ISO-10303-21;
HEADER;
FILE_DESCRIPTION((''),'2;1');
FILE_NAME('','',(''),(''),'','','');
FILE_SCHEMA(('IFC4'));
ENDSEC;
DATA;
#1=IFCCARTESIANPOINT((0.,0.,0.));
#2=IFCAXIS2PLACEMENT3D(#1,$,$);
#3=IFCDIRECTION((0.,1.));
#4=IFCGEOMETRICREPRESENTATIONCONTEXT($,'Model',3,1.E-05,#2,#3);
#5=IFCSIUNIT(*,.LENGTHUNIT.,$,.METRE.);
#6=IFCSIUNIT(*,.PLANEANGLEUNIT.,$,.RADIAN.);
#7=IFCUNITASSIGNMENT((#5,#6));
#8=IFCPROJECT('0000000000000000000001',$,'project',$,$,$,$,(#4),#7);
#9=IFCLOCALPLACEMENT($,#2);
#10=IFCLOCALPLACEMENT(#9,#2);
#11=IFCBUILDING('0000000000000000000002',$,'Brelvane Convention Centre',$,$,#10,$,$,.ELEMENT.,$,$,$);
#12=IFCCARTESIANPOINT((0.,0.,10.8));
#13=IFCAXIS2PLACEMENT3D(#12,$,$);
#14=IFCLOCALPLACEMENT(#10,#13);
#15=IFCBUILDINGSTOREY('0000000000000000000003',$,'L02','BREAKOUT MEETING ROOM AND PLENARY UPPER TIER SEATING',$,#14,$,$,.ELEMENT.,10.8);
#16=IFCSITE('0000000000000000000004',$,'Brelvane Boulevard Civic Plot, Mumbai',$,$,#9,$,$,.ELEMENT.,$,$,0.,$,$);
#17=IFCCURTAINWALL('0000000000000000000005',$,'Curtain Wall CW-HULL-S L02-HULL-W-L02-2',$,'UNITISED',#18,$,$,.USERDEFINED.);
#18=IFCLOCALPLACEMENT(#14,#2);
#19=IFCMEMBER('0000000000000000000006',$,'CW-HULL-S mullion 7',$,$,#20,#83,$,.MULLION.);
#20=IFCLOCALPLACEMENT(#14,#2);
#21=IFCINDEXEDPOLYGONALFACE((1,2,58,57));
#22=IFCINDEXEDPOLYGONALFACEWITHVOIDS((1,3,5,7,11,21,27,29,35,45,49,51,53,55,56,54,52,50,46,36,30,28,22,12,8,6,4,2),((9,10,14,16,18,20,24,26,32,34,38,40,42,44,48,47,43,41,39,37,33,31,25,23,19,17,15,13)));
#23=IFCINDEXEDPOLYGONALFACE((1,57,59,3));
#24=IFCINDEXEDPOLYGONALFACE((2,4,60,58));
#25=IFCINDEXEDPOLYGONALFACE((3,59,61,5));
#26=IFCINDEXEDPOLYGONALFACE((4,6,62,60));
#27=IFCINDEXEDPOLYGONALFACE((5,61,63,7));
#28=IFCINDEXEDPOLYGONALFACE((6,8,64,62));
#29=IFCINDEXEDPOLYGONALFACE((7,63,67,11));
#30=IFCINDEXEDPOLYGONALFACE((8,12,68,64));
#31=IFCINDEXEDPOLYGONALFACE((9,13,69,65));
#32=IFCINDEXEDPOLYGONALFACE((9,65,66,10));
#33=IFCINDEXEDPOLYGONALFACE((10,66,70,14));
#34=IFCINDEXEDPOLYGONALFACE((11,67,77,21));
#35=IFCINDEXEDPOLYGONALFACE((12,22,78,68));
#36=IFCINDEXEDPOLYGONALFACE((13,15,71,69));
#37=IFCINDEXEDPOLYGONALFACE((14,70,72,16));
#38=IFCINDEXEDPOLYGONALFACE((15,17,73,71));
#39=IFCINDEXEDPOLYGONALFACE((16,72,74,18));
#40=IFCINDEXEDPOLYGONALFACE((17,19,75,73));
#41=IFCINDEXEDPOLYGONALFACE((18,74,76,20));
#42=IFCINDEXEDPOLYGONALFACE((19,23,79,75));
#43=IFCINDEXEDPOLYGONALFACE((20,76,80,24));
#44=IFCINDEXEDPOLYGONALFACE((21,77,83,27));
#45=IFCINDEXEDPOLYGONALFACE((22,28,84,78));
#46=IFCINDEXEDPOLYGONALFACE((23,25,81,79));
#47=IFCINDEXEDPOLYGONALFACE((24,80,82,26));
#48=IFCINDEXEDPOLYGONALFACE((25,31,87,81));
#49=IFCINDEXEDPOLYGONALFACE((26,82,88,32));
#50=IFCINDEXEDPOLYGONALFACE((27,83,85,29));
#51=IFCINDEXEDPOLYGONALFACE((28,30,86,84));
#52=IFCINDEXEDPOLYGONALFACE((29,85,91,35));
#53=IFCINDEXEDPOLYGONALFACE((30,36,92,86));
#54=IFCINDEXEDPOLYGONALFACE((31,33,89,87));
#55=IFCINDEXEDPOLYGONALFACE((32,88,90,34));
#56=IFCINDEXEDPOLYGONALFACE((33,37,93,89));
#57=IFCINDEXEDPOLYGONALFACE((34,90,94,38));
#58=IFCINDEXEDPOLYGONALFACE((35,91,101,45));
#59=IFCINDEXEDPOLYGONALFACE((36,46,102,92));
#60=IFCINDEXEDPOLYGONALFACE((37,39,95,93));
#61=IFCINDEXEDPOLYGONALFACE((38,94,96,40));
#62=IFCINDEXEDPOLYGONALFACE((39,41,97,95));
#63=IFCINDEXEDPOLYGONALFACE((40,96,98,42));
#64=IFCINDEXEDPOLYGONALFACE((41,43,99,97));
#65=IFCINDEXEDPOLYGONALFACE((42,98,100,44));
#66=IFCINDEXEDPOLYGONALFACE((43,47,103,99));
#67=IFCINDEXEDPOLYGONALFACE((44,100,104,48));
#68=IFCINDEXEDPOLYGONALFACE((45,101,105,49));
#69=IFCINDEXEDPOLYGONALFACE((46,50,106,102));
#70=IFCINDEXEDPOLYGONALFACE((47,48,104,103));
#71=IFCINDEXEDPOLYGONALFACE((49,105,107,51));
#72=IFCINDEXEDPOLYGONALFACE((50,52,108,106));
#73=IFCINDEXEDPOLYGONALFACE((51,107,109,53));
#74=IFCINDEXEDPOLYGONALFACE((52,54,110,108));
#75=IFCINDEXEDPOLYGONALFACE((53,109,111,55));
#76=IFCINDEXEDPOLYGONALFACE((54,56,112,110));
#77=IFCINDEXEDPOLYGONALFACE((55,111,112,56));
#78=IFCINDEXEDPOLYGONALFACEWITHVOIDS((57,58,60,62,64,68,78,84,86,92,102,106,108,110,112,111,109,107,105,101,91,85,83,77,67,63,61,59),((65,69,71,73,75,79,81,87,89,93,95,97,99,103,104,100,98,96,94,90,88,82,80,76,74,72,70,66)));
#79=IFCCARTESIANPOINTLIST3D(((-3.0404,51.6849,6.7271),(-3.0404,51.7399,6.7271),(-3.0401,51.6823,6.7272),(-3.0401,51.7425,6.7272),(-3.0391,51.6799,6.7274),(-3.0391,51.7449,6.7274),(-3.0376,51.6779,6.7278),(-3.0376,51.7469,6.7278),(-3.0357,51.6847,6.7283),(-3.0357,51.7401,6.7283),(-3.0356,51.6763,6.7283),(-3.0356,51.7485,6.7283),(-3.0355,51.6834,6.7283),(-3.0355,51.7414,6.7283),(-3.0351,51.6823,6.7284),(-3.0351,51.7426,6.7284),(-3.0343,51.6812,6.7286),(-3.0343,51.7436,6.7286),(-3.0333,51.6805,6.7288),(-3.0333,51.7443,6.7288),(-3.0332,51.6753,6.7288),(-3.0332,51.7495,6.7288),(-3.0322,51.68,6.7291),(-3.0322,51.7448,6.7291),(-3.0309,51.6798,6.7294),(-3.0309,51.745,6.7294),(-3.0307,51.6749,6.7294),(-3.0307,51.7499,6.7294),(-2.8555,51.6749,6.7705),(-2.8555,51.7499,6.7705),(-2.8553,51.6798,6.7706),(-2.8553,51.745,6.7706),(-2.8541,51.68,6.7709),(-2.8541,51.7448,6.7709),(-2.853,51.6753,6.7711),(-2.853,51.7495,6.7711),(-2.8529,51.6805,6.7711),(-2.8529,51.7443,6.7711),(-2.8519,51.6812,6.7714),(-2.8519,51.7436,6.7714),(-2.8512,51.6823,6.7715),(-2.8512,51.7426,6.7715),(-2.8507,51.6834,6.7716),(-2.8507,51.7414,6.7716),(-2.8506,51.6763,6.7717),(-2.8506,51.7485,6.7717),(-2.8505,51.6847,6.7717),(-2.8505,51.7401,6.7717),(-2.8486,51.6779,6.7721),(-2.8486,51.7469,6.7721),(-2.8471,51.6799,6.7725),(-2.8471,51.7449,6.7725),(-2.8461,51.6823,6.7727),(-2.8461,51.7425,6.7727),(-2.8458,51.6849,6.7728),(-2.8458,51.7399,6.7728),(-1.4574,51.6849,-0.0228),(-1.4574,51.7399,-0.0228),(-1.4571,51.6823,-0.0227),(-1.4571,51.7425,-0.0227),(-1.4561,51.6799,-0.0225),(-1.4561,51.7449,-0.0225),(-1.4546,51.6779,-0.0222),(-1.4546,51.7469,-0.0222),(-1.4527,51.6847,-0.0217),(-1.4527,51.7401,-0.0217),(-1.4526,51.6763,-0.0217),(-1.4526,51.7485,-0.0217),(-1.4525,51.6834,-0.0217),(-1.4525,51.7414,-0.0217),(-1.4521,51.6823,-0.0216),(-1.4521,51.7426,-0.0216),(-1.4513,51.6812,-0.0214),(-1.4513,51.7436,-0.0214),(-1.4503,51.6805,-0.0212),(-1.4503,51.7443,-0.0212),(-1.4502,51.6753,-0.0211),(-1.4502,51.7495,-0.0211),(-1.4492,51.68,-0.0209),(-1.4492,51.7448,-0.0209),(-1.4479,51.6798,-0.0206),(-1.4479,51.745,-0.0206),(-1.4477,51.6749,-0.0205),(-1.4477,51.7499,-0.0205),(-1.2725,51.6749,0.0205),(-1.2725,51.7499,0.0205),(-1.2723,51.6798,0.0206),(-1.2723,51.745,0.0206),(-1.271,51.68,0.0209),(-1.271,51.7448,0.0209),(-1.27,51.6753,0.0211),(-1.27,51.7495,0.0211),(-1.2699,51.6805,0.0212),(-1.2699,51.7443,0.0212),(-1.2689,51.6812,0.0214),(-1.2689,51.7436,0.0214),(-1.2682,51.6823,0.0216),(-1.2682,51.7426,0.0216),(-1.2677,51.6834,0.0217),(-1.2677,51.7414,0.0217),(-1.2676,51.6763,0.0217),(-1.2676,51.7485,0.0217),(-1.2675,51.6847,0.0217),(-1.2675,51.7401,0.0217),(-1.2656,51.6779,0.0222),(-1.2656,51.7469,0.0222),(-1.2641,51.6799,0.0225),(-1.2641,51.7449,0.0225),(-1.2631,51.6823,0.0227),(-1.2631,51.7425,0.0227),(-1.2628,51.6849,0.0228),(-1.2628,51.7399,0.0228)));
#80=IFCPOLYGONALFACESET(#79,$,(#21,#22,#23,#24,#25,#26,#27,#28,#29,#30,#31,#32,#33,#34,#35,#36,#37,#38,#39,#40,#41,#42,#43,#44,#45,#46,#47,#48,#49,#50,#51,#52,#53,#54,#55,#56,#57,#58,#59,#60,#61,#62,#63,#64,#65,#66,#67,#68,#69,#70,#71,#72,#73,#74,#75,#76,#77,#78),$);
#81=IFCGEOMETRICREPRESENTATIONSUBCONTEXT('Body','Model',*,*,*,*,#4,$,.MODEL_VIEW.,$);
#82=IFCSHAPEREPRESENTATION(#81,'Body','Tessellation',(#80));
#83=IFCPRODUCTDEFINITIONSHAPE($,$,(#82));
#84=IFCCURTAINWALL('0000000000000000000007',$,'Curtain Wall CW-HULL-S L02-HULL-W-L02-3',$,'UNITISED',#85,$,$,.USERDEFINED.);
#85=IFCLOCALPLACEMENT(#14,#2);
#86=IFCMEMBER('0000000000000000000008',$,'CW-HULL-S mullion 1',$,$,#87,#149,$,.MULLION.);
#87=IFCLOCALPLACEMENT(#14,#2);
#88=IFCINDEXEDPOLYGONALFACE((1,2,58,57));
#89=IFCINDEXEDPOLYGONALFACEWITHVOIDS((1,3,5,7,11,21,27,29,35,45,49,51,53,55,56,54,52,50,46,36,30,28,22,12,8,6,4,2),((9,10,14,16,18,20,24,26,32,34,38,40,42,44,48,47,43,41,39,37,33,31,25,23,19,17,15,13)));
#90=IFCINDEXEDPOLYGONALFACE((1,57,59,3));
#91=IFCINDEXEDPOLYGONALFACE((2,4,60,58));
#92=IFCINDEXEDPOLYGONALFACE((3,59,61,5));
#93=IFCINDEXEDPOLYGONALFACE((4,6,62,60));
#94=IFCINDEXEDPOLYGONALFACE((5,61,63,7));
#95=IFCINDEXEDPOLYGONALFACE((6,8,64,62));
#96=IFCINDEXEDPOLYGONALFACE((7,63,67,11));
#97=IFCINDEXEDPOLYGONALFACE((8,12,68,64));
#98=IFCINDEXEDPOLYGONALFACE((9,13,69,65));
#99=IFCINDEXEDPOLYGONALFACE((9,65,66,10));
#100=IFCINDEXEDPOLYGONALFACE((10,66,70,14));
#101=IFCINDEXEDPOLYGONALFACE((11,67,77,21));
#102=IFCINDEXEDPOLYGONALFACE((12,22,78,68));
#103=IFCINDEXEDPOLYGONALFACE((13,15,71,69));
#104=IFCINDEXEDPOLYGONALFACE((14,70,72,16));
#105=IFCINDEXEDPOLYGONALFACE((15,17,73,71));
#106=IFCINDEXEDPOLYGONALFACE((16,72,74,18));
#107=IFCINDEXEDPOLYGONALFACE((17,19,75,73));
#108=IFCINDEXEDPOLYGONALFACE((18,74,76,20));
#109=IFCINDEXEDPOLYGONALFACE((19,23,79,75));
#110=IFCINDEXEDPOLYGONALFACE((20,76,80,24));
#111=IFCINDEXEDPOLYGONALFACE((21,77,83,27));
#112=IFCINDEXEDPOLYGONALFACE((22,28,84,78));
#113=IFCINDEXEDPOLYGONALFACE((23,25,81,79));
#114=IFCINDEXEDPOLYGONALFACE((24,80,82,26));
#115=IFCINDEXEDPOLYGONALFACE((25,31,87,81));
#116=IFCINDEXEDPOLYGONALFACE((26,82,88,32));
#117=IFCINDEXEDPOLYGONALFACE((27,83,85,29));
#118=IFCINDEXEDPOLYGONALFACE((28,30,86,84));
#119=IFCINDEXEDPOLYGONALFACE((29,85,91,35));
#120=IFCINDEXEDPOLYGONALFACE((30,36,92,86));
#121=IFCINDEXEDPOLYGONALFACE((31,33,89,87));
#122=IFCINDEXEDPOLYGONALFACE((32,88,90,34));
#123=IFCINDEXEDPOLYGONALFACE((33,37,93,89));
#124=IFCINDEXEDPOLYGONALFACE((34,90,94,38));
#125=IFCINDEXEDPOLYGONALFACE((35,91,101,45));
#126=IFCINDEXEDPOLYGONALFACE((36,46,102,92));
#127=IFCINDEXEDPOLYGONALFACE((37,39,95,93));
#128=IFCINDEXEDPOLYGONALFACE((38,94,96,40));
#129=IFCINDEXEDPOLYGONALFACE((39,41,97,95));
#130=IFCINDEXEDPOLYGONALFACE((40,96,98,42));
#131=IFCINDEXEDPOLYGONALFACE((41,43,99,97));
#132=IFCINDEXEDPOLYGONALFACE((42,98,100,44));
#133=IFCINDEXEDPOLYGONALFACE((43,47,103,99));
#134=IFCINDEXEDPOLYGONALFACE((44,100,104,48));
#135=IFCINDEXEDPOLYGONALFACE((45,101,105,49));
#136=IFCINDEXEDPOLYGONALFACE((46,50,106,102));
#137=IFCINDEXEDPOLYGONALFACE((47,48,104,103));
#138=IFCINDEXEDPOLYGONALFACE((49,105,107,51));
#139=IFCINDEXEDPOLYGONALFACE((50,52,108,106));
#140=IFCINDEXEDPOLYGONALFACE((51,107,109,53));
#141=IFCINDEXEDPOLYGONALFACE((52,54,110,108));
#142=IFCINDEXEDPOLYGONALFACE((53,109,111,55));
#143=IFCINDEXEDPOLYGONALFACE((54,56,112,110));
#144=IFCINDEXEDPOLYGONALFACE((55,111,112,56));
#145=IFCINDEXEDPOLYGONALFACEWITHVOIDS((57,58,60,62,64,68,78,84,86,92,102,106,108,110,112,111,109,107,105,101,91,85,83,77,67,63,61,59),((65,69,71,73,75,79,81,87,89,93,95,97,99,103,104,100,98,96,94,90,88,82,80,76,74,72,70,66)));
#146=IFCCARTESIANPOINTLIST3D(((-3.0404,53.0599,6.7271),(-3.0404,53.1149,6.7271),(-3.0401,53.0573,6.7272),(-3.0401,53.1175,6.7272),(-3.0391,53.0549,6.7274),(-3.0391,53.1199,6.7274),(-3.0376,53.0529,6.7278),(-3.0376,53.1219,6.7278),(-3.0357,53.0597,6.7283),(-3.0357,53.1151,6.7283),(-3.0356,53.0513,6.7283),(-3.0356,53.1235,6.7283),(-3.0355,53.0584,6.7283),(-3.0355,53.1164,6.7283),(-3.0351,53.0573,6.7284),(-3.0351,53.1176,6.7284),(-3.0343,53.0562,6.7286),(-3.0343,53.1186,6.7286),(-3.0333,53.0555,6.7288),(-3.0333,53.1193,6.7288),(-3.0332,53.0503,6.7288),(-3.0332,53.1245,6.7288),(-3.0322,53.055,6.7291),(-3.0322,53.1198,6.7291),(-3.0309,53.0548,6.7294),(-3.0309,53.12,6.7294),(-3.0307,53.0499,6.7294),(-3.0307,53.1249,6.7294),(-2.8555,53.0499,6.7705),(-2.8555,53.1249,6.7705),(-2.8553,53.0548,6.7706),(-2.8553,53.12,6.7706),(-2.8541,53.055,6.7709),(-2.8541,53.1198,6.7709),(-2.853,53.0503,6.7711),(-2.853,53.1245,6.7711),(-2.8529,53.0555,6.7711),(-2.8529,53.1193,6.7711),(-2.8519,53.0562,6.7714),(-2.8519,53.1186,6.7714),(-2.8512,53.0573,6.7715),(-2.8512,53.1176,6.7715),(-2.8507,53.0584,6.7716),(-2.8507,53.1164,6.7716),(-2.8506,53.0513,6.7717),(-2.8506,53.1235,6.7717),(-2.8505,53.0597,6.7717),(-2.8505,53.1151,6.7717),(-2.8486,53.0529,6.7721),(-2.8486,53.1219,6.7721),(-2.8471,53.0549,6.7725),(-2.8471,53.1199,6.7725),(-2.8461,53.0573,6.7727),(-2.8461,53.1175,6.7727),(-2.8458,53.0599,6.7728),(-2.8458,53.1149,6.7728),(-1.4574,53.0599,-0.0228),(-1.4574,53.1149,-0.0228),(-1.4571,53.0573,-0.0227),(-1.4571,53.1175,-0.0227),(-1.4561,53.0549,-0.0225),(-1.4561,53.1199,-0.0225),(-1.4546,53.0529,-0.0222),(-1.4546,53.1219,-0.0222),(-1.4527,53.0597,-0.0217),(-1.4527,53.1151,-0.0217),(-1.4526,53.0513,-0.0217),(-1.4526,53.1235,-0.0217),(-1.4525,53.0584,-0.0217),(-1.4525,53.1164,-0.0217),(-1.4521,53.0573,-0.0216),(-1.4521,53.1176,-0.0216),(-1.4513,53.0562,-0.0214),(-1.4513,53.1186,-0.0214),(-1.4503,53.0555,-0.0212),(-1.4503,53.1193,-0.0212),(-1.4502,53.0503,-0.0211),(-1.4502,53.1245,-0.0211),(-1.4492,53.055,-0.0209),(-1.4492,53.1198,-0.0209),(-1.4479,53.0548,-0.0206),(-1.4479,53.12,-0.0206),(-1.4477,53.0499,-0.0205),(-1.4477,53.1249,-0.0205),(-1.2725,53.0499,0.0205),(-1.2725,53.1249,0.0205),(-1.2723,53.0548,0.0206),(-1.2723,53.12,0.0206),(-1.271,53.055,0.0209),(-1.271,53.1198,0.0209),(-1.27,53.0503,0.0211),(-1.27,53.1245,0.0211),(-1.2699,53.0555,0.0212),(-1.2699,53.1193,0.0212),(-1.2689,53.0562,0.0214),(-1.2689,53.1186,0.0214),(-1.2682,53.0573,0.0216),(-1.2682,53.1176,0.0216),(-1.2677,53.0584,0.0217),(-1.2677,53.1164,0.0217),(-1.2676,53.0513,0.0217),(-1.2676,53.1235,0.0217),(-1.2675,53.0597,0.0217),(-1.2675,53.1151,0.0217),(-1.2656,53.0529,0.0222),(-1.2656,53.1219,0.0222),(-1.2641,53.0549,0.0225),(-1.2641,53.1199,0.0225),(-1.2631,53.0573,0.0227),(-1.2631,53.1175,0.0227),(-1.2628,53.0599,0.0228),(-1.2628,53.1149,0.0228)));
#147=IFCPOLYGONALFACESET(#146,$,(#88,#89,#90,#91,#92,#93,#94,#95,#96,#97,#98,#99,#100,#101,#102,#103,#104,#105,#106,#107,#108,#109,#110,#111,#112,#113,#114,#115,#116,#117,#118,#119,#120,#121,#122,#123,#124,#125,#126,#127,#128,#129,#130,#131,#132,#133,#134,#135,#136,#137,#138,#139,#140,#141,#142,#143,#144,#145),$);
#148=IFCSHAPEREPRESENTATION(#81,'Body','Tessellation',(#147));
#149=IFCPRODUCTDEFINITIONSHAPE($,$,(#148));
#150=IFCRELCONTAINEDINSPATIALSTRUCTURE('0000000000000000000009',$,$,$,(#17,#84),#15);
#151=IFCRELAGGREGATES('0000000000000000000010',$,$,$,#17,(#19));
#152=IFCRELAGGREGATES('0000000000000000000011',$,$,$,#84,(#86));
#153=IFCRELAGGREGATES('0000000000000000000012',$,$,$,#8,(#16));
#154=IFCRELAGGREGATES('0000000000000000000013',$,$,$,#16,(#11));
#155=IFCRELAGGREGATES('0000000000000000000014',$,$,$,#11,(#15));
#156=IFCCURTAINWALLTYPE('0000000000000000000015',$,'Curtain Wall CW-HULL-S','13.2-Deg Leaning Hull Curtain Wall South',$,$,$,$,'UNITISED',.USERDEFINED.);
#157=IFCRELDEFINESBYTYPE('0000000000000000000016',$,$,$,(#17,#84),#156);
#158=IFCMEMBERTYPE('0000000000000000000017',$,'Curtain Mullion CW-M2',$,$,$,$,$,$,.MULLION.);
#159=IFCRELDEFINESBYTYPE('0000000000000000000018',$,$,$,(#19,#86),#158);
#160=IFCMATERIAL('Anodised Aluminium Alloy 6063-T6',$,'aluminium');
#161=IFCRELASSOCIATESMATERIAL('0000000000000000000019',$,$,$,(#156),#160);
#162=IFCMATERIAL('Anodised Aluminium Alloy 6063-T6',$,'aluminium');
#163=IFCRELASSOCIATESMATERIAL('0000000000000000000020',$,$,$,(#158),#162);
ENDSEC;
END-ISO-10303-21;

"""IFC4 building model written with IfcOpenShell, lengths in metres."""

from ifc_helpers import new_model, si_unit, direction, frame, origin, origin_2d, place, context, subcontext, project, spatial, hollow_rectangle, extrude, material, material_profile, profile_set, type_object, element, aggregate, save


model = new_model("IFC4")

# Units and contexts
model_context = context("Model", 3, precision=1e-05, world=origin(), true_north=direction((0.0, 1.0)))
body_context = subcontext(model_context, "Body", "Model", "MODEL_VIEW")
ifc_project = project(units=[si_unit("LENGTHUNIT", "METRE"), si_unit("PLANEANGLEUNIT", "RADIAN")], contexts=[model_context])

# Site, building, storey
site_placement = place(None, origin())
site = spatial("IfcSite", under=ifc_project, at=site_placement, Name="Brelvane Boulevard Civic Plot, Mumbai", CompositionType="ELEMENT", RefElevation=0.0)
building_placement = place(site_placement, origin())
building = spatial("IfcBuilding", under=site, at=building_placement, Name="Brelvane Convention Centre", CompositionType="ELEMENT")
storey_placement = place(building_placement, frame((0.0, 0.0, 10.8)))
storey = spatial("IfcBuildingStorey", under=building, at=storey_placement, Name="L02", Description="BREAKOUT MEETING ROOM AND PLENARY UPPER TIER SEATING", CompositionType="ELEMENT", Elevation=10.8)

# Curtain walls, members
ifc_material_1 = material(Name="Anodised Aluminium Alloy 6063-T6", Category="aluminium")
curtain_wall_type = type_object("IfcCurtainWallType", Name="Curtain Wall CW-HULL-S", Description="13.2-Deg Leaning Hull Curtain Wall South", ElementType="UNITISED", PredefinedType="USERDEFINED", material=ifc_material_1)
curtain_wall_1_placement = place(storey_placement, origin())
curtain_wall_1 = element("IfcCurtainWall", 1, at=curtain_wall_1_placement, inside=storey, type_object=curtain_wall_type, Name="Curtain Wall CW-HULL-S L02-HULL-W-L02-2", ObjectType="UNITISED", PredefinedType="USERDEFINED")
ifc_material_2 = material(Name="Anodised Aluminium Alloy 6063-T6", Category="aluminium")
ifc_material_profile_1 = material_profile(ifc_material_2, hollow_rectangle(XDim=0.075, YDim=0.2, WallThickness=0.0049, InnerFilletRadius=0.0049, OuterFilletRadius=0.01, at=origin_2d()), Name="ALU-M 200x75x5.0")
ifc_profile_set_1 = profile_set([ifc_material_profile_1], Name="Anodised Aluminium Alloy 6063-T6")
member_type_1 = type_object("IfcMemberType", Name="Curtain Mullion CW-M2", PredefinedType="MULLION", material=ifc_profile_set_1)
member_1_placement = place(storey_placement, frame((-1.3601, 51.7124, 0.0), z_axis=(-0.228325, 0.0, 0.973585), x_axis=(0.0, -1.0, 0.0)))
member_1 = element("IfcMember", 2, at=member_1_placement, type_object=member_type_1, Name="CW-HULL-S mullion 7", PredefinedType="MULLION", context=body_context, shape_type="SweptSolid", body=[
    extrude(hollow_rectangle(XDim=0.075, YDim=0.2, WallThickness=0.0049, InnerFilletRadius=0.0049, OuterFilletRadius=0.01, at=origin_2d()), origin(), (0.0, 0.0, 1.0), 6.9331),
])
curtain_wall_2_placement = place(storey_placement, origin())
curtain_wall_2 = element("IfcCurtainWall", 3, at=curtain_wall_2_placement, inside=storey, type_object=curtain_wall_type, Name="Curtain Wall CW-HULL-S L02-HULL-W-L02-3", ObjectType="UNITISED", PredefinedType="USERDEFINED")
member_2_placement = place(storey_placement, frame((-1.3601, 53.0874, 0.0), z_axis=(-0.228325, 0.0, 0.973585), x_axis=(0.0, -1.0, 0.0)))
member_2 = element("IfcMember", 4, at=member_2_placement, type_object=member_type_1, Name="CW-HULL-S mullion 1", PredefinedType="MULLION", context=body_context, shape_type="SweptSolid", body=[
    extrude(hollow_rectangle(XDim=0.075, YDim=0.2, WallThickness=0.0049, InnerFilletRadius=0.0049, OuterFilletRadius=0.01, at=origin_2d()), origin(), (0.0, 0.0, 1.0), 6.9331),
])

aggregate(curtain_wall_1, [member_1])
aggregate(curtain_wall_2, [member_2])

save(model, "model.ifc")
